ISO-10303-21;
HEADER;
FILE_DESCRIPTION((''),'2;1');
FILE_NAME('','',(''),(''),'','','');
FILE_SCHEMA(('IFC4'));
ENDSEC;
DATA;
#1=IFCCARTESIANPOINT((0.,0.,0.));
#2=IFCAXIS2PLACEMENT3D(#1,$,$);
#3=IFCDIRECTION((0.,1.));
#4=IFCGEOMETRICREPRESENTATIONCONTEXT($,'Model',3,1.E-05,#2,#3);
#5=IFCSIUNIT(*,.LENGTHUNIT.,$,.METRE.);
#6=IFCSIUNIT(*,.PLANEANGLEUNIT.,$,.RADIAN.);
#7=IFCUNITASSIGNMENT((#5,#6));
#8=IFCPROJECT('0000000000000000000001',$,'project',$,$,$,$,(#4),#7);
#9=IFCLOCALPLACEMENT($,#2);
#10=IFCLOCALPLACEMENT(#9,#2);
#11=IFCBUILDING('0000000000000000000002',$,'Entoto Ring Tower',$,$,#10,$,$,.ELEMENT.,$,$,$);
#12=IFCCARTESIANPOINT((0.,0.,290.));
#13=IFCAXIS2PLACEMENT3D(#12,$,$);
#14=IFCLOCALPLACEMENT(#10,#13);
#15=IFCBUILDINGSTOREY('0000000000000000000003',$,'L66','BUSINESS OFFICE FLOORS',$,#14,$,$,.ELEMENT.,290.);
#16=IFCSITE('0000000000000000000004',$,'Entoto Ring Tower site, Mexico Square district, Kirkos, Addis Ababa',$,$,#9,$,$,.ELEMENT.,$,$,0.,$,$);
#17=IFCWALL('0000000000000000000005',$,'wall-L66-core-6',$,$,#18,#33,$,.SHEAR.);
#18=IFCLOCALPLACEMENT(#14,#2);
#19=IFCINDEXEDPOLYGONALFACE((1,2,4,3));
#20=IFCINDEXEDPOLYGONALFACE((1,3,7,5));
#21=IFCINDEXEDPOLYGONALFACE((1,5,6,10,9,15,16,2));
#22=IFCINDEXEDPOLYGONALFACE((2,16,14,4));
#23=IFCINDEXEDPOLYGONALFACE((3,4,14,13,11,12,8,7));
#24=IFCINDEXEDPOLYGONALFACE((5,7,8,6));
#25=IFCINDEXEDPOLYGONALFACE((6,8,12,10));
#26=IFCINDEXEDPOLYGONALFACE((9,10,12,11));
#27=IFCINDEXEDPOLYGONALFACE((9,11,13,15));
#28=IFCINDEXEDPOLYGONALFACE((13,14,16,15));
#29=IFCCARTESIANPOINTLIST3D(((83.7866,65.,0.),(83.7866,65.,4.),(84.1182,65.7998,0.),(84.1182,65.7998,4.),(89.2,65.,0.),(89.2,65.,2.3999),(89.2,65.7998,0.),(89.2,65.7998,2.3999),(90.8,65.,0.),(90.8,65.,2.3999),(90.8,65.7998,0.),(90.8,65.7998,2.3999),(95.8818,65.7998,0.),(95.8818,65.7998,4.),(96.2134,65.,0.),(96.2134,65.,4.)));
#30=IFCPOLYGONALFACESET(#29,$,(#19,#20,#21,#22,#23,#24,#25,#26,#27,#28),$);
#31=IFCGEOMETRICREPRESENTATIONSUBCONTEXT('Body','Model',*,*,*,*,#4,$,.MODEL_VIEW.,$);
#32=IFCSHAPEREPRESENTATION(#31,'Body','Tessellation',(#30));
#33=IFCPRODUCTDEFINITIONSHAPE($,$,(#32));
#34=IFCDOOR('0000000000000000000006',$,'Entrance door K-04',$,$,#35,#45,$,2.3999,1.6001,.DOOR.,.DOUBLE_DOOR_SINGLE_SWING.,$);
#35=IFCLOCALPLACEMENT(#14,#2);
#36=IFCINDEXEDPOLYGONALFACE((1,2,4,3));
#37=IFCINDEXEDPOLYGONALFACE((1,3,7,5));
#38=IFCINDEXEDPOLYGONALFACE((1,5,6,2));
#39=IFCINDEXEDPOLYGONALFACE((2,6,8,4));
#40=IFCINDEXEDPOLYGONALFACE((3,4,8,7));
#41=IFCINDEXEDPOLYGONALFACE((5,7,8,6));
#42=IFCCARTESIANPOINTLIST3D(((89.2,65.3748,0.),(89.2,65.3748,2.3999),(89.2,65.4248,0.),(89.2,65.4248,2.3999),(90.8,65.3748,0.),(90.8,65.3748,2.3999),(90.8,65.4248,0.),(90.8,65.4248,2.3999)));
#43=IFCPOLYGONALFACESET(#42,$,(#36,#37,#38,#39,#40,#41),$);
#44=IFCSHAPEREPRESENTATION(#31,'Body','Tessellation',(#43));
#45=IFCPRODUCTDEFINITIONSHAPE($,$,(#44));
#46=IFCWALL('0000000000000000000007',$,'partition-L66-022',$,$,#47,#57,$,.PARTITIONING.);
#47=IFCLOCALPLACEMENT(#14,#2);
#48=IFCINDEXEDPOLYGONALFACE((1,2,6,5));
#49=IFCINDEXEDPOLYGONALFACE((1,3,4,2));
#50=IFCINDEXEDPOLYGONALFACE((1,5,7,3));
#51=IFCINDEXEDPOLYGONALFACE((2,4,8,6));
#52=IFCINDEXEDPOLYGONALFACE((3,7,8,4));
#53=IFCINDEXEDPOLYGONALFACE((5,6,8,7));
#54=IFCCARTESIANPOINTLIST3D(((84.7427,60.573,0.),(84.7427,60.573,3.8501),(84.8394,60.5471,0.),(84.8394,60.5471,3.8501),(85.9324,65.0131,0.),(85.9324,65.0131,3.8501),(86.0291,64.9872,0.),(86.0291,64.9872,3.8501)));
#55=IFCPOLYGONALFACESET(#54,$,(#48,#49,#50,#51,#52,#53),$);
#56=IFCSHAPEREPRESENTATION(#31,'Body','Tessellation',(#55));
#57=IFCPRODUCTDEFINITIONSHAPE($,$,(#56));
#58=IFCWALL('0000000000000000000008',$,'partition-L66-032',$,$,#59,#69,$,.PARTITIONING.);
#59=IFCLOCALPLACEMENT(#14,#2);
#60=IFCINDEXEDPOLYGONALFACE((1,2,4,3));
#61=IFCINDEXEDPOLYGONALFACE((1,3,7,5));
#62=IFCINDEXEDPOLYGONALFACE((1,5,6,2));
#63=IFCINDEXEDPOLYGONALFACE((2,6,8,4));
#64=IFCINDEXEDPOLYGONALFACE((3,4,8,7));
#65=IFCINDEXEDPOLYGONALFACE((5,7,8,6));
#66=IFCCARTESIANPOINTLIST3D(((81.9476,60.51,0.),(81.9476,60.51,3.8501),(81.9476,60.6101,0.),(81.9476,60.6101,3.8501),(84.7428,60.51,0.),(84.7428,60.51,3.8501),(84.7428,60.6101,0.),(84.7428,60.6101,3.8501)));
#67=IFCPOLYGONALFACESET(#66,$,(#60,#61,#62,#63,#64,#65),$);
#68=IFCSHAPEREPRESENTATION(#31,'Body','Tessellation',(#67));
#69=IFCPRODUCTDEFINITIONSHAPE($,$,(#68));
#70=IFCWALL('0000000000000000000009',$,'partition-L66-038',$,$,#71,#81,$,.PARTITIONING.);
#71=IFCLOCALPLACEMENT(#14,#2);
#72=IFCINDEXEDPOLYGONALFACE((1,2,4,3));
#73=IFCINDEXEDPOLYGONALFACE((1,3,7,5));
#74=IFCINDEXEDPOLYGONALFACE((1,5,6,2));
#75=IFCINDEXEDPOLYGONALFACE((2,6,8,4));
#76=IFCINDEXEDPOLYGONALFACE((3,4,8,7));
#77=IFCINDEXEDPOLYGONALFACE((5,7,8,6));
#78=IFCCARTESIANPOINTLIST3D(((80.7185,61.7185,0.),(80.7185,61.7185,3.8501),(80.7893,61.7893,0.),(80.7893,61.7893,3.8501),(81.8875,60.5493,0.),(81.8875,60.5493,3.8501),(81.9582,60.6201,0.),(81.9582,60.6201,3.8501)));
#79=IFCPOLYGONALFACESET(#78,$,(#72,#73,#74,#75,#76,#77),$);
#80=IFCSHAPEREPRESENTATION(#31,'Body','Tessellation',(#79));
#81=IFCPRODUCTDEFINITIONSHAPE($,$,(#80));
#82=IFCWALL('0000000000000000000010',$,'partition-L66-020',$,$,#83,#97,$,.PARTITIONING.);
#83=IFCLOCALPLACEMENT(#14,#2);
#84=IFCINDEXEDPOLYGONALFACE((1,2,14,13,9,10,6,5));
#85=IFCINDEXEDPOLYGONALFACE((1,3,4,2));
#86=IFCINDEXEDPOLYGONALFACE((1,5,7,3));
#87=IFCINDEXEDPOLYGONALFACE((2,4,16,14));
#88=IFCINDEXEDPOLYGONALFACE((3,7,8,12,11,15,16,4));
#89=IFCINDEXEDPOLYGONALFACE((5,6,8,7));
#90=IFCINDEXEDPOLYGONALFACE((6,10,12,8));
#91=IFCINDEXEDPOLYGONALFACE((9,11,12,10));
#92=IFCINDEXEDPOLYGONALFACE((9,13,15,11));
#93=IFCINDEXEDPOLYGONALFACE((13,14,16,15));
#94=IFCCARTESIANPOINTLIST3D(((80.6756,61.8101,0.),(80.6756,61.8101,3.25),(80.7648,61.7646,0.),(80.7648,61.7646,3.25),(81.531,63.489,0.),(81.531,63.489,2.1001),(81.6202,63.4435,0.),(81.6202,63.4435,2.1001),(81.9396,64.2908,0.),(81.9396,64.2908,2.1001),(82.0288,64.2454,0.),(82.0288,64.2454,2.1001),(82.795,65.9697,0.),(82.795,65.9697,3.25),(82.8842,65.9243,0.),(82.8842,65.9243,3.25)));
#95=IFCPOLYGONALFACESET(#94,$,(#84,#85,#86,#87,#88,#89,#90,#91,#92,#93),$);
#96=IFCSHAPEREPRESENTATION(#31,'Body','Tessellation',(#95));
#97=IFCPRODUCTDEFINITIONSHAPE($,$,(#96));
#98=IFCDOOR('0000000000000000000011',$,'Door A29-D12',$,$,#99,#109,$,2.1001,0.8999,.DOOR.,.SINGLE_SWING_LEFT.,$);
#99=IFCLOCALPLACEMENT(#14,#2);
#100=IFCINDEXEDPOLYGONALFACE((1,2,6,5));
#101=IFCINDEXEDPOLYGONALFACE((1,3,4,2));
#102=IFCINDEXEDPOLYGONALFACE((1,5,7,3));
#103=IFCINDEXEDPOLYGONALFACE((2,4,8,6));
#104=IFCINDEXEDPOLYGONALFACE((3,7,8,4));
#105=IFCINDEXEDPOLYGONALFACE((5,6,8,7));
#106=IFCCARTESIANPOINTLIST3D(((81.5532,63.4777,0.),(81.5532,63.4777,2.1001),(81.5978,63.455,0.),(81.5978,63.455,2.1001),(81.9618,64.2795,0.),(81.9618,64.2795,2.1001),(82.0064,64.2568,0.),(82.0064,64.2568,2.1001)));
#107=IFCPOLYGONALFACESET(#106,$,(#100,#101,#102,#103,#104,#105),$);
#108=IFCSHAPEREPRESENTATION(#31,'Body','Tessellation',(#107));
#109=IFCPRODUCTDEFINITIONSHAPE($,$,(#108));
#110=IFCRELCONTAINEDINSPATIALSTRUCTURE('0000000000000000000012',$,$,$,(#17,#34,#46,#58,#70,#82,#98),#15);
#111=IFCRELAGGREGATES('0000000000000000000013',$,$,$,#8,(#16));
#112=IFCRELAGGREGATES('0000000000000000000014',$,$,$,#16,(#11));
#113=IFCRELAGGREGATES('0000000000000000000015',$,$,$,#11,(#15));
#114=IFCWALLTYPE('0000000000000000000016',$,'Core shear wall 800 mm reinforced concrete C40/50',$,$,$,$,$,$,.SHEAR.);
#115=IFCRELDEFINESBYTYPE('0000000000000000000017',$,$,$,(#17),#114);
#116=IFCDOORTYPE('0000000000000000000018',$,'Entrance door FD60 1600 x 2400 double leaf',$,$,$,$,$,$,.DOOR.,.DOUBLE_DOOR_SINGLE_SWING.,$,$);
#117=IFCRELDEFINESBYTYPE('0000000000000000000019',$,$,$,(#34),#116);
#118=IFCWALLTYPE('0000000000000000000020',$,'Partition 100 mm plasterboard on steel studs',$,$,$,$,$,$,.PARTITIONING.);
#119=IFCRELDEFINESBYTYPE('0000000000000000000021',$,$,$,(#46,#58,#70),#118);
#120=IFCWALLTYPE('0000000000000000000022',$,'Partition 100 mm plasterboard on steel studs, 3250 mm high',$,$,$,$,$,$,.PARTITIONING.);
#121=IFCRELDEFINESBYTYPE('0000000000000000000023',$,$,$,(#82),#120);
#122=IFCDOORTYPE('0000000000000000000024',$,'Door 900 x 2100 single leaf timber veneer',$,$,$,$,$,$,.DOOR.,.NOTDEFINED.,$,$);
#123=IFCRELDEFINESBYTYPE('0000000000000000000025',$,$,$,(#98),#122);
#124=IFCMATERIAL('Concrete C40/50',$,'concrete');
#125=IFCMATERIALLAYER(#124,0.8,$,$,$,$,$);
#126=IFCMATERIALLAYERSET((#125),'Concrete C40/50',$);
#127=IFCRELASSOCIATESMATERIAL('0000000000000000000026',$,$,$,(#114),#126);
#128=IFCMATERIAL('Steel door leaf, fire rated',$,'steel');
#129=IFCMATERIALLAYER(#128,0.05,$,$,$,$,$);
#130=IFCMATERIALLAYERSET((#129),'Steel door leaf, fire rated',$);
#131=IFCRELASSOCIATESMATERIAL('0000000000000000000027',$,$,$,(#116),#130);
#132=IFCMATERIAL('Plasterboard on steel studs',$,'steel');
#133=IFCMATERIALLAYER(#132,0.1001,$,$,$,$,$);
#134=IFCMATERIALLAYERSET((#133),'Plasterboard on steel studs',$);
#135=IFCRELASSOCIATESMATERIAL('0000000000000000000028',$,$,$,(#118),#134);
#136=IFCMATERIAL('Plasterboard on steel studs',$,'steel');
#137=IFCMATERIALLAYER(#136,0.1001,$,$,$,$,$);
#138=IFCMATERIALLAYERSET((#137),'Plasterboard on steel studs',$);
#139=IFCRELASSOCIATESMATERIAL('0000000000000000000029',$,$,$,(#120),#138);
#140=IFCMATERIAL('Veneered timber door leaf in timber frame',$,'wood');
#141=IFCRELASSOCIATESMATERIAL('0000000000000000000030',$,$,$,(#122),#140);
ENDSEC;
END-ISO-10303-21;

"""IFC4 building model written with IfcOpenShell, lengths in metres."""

from ifc_helpers import new_model, si_unit, direction, frame, frame_2d, origin, place, context, subcontext, project, spatial, polyline, rectangle, outline, extrude, material, layer, layer_set, type_object, element, fill, save


model = new_model("IFC4")

# Units and contexts
model_context = context("Model", 3, precision=1e-05, world=origin(), true_north=direction((0.0, 1.0)))
body_context = subcontext(model_context, "Body", "Model", "MODEL_VIEW")
ifc_project = project(units=[si_unit("LENGTHUNIT", "METRE"), si_unit("PLANEANGLEUNIT", "RADIAN")], contexts=[model_context])

# Site, building, storey
site_placement = place(None, origin())
site = spatial("IfcSite", under=ifc_project, at=site_placement, Name="Entoto Ring Tower site, Mexico Square district, Kirkos, Addis Ababa", CompositionType="ELEMENT", RefElevation=0.0)
building_placement = place(site_placement, origin())
building = spatial("IfcBuilding", under=site, at=building_placement, Name="Entoto Ring Tower", CompositionType="ELEMENT")
storey_placement = place(building_placement, frame((0.0, 0.0, 290.0)))
storey = spatial("IfcBuildingStorey", under=building, at=storey_placement, Name="L66", Description="BUSINESS OFFICE FLOORS", CompositionType="ELEMENT", Elevation=290.0)

# Wall, opening, door
ifc_material_1 = material(Name="Concrete C40/50", Category="concrete")
ifc_layer_1 = layer(ifc_material_1, 0.8)
ifc_layer_set_1 = layer_set([ifc_layer_1], Name="Concrete C40/50")
wall_type_1 = type_object("IfcWallType", Name="Core shear wall 800 mm reinforced concrete C40/50", PredefinedType="SHEAR", material=ifc_layer_set_1)
wall_1_placement = place(storey_placement, frame((83.9524, 65.3999, 0.0), z_axis=(0.0, 0.0, 1.0), x_axis=(1.0, 0.0, 0.0)))
wall_1 = element("IfcWall", 1, at=wall_1_placement, inside=storey, type_object=wall_type_1, Name="wall-L66-core-6", PredefinedType="SHEAR", context=body_context, shape_type="SweptSolid", body=[
    extrude(outline(polyline([(-0.1658, -0.3999), (12.261, -0.3999), (11.9294, 0.3999), (0.1658, 0.3999), (-0.1658, -0.3999)])), origin(), (0.0, 0.0, 1.0), 4.0),
])
opening_1_placement = place(wall_1_placement, frame((5.2476, 0.0, 0.0)))
opening_1 = element("IfcOpeningElement", 2, at=opening_1_placement, cuts=wall_1, PredefinedType="OPENING", context=body_context, shape_type="SweptSolid", body=[
    extrude(rectangle(XDim=1.6001, YDim=2.3999, at=frame_2d((0.8, 1.2))), frame((0.0, 0.4102, 0.0), z_axis=(0.0, -1.0, 0.0), x_axis=(1.0, 0.0, 0.0)), (0.0, 0.0, 1.0), 0.8201),
])
ifc_material_2 = material(Name="Steel door leaf, fire rated", Category="steel")
ifc_layer_2 = layer(ifc_material_2, 0.05)
ifc_layer_set_2 = layer_set([ifc_layer_2], Name="Steel door leaf, fire rated")
door_type_1 = type_object("IfcDoorType", Name="Entrance door FD60 1600 x 2400 double leaf", OperationType="DOUBLE_DOOR_SINGLE_SWING", PredefinedType="DOOR", material=ifc_layer_set_2)
door_1_placement = place(opening_1_placement, origin())
door_1 = element("IfcDoor", 3, at=door_1_placement, inside=storey, type_object=door_type_1, Name="Entrance door K-04", OperationType="DOUBLE_DOOR_SINGLE_SWING", OverallHeight=2.3999, OverallWidth=1.6001, PredefinedType="DOOR", context=body_context, shape_type="SweptSolid", body=[
    extrude(rectangle(XDim=1.6001, YDim=2.3999, at=frame_2d((0.8, 1.2))), frame((0.0, 0.0249, 0.0), z_axis=(0.0, -1.0, 0.0), x_axis=(1.0, 0.0, 0.0)), (0.0, 0.0, 1.0), 0.05),
])
fill(opening_1, door_1)

# Walls
ifc_material_3 = material(Name="Plasterboard on steel studs", Category="steel")
ifc_layer_3 = layer(ifc_material_3, 0.1001)
ifc_layer_set_3 = layer_set([ifc_layer_3], Name="Plasterboard on steel studs")
wall_type_2 = type_object("IfcWallType", Name="Partition 100 mm plasterboard on steel studs", PredefinedType="PARTITIONING", material=ifc_layer_set_3)
wall_2_placement = place(storey_placement, frame((84.791, 60.5601, 0.0), z_axis=(0.0, 0.0, 1.0), x_axis=(0.258823, 0.965925, 0.0)))
element("IfcWall", 4, at=wall_2_placement, inside=storey, type_object=wall_type_2, Name="partition-L66-022", PredefinedType="PARTITIONING", context=body_context, shape_type="SweptSolid", body=[
    extrude(rectangle(XDim=4.5967, YDim=0.1001, at=frame_2d((2.2983, 0.0))), origin(), (0.0, 0.0, 1.0), 3.8501),
])
wall_3_placement = place(storey_placement, frame((81.9478, 60.5601, 0.0), z_axis=(0.0, 0.0, 1.0), x_axis=(1.0, 0.0, 0.0)))
element("IfcWall", 5, at=wall_3_placement, inside=storey, type_object=wall_type_2, Name="partition-L66-032", PredefinedType="PARTITIONING", context=body_context, shape_type="SweptSolid", body=[
    extrude(rectangle(XDim=2.7952, YDim=0.1001, at=frame_2d((1.3975, 0.0))), origin(), (0.0, 0.0, 1.0), 3.8501),
])
wall_4_placement = place(storey_placement, frame((81.9229, 60.5847, 0.0), z_axis=(0.0, 0.0, 1.0), x_axis=(-0.707033, 0.707181, 0.0)))
element("IfcWall", 6, at=wall_4_placement, inside=storey, type_object=wall_type_2, Name="partition-L66-038", PredefinedType="PARTITIONING", context=body_context, shape_type="SweptSolid", body=[
    extrude(rectangle(XDim=1.6533, YDim=0.1001, at=frame_2d((0.8267, 0.0))), origin(), (0.0, 0.0, 1.0), 3.8501),
])

# Wall, opening, door
ifc_material_4 = material(Name="Plasterboard on steel studs", Category="steel")
ifc_layer_4 = layer(ifc_material_4, 0.1001)
ifc_layer_set_4 = layer_set([ifc_layer_4], Name="Plasterboard on steel studs")
wall_type_3 = type_object("IfcWallType", Name="Partition 100 mm plasterboard on steel studs, 3250 mm high", PredefinedType="PARTITIONING", material=ifc_layer_set_4)
wall_5_placement = place(storey_placement, frame((80.7202, 61.7874, 0.0), z_axis=(0.0, 0.0, 1.0), x_axis=(0.453978, 0.891013, 0.0)))
wall_5 = element("IfcWall", 7, at=wall_5_placement, inside=storey, type_object=wall_type_3, Name="partition-L66-020", PredefinedType="PARTITIONING", context=body_context, shape_type="SweptSolid", body=[
    extrude(rectangle(XDim=4.6685, YDim=0.1001, at=frame_2d((2.3342, 0.0))), origin(), (0.0, 0.0, 1.0), 3.25),
])
opening_2_placement = place(wall_5_placement, frame((1.8843, 0.0, 0.0)))
opening_2 = element("IfcOpeningElement", 8, at=opening_2_placement, cuts=wall_5, PredefinedType="OPENING", context=body_context, shape_type="SweptSolid", body=[
    extrude(rectangle(XDim=0.8999, YDim=2.1001, at=frame_2d((0.45, 1.05))), frame((0.0, 0.0601, 0.0), z_axis=(0.0, -1.0, 0.0), x_axis=(1.0, 0.0, 0.0)), (0.0, 0.0, 1.0), 0.1201),
])
ifc_material_5 = material(Name="Veneered timber door leaf in timber frame", Category="wood")
door_type_2 = type_object("IfcDoorType", Name="Door 900 x 2100 single leaf timber veneer", OperationType="NOTDEFINED", PredefinedType="DOOR", material=ifc_material_5)
door_2_placement = place(opening_2_placement, frame((0.8999, 0.0, 0.0), z_axis=(0.0, 0.0, 1.0), x_axis=(-1.0, 0.0, 0.0)))
door_2 = element("IfcDoor", 9, at=door_2_placement, inside=storey, type_object=door_type_2, Name="Door A29-D12", OperationType="SINGLE_SWING_LEFT", OverallHeight=2.1001, OverallWidth=0.8999, PredefinedType="DOOR", context=body_context, shape_type="SweptSolid", body=[
    extrude(rectangle(XDim=0.8999, YDim=2.1001, at=frame_2d((0.45, 1.05))), frame((0.0, 0.0249, 0.0), z_axis=(0.0, -1.0, 0.0), x_axis=(1.0, 0.0, 0.0)), (0.0, 0.0, 1.0), 0.05),
])
fill(opening_2, door_2)

save(model, "model.ifc")
